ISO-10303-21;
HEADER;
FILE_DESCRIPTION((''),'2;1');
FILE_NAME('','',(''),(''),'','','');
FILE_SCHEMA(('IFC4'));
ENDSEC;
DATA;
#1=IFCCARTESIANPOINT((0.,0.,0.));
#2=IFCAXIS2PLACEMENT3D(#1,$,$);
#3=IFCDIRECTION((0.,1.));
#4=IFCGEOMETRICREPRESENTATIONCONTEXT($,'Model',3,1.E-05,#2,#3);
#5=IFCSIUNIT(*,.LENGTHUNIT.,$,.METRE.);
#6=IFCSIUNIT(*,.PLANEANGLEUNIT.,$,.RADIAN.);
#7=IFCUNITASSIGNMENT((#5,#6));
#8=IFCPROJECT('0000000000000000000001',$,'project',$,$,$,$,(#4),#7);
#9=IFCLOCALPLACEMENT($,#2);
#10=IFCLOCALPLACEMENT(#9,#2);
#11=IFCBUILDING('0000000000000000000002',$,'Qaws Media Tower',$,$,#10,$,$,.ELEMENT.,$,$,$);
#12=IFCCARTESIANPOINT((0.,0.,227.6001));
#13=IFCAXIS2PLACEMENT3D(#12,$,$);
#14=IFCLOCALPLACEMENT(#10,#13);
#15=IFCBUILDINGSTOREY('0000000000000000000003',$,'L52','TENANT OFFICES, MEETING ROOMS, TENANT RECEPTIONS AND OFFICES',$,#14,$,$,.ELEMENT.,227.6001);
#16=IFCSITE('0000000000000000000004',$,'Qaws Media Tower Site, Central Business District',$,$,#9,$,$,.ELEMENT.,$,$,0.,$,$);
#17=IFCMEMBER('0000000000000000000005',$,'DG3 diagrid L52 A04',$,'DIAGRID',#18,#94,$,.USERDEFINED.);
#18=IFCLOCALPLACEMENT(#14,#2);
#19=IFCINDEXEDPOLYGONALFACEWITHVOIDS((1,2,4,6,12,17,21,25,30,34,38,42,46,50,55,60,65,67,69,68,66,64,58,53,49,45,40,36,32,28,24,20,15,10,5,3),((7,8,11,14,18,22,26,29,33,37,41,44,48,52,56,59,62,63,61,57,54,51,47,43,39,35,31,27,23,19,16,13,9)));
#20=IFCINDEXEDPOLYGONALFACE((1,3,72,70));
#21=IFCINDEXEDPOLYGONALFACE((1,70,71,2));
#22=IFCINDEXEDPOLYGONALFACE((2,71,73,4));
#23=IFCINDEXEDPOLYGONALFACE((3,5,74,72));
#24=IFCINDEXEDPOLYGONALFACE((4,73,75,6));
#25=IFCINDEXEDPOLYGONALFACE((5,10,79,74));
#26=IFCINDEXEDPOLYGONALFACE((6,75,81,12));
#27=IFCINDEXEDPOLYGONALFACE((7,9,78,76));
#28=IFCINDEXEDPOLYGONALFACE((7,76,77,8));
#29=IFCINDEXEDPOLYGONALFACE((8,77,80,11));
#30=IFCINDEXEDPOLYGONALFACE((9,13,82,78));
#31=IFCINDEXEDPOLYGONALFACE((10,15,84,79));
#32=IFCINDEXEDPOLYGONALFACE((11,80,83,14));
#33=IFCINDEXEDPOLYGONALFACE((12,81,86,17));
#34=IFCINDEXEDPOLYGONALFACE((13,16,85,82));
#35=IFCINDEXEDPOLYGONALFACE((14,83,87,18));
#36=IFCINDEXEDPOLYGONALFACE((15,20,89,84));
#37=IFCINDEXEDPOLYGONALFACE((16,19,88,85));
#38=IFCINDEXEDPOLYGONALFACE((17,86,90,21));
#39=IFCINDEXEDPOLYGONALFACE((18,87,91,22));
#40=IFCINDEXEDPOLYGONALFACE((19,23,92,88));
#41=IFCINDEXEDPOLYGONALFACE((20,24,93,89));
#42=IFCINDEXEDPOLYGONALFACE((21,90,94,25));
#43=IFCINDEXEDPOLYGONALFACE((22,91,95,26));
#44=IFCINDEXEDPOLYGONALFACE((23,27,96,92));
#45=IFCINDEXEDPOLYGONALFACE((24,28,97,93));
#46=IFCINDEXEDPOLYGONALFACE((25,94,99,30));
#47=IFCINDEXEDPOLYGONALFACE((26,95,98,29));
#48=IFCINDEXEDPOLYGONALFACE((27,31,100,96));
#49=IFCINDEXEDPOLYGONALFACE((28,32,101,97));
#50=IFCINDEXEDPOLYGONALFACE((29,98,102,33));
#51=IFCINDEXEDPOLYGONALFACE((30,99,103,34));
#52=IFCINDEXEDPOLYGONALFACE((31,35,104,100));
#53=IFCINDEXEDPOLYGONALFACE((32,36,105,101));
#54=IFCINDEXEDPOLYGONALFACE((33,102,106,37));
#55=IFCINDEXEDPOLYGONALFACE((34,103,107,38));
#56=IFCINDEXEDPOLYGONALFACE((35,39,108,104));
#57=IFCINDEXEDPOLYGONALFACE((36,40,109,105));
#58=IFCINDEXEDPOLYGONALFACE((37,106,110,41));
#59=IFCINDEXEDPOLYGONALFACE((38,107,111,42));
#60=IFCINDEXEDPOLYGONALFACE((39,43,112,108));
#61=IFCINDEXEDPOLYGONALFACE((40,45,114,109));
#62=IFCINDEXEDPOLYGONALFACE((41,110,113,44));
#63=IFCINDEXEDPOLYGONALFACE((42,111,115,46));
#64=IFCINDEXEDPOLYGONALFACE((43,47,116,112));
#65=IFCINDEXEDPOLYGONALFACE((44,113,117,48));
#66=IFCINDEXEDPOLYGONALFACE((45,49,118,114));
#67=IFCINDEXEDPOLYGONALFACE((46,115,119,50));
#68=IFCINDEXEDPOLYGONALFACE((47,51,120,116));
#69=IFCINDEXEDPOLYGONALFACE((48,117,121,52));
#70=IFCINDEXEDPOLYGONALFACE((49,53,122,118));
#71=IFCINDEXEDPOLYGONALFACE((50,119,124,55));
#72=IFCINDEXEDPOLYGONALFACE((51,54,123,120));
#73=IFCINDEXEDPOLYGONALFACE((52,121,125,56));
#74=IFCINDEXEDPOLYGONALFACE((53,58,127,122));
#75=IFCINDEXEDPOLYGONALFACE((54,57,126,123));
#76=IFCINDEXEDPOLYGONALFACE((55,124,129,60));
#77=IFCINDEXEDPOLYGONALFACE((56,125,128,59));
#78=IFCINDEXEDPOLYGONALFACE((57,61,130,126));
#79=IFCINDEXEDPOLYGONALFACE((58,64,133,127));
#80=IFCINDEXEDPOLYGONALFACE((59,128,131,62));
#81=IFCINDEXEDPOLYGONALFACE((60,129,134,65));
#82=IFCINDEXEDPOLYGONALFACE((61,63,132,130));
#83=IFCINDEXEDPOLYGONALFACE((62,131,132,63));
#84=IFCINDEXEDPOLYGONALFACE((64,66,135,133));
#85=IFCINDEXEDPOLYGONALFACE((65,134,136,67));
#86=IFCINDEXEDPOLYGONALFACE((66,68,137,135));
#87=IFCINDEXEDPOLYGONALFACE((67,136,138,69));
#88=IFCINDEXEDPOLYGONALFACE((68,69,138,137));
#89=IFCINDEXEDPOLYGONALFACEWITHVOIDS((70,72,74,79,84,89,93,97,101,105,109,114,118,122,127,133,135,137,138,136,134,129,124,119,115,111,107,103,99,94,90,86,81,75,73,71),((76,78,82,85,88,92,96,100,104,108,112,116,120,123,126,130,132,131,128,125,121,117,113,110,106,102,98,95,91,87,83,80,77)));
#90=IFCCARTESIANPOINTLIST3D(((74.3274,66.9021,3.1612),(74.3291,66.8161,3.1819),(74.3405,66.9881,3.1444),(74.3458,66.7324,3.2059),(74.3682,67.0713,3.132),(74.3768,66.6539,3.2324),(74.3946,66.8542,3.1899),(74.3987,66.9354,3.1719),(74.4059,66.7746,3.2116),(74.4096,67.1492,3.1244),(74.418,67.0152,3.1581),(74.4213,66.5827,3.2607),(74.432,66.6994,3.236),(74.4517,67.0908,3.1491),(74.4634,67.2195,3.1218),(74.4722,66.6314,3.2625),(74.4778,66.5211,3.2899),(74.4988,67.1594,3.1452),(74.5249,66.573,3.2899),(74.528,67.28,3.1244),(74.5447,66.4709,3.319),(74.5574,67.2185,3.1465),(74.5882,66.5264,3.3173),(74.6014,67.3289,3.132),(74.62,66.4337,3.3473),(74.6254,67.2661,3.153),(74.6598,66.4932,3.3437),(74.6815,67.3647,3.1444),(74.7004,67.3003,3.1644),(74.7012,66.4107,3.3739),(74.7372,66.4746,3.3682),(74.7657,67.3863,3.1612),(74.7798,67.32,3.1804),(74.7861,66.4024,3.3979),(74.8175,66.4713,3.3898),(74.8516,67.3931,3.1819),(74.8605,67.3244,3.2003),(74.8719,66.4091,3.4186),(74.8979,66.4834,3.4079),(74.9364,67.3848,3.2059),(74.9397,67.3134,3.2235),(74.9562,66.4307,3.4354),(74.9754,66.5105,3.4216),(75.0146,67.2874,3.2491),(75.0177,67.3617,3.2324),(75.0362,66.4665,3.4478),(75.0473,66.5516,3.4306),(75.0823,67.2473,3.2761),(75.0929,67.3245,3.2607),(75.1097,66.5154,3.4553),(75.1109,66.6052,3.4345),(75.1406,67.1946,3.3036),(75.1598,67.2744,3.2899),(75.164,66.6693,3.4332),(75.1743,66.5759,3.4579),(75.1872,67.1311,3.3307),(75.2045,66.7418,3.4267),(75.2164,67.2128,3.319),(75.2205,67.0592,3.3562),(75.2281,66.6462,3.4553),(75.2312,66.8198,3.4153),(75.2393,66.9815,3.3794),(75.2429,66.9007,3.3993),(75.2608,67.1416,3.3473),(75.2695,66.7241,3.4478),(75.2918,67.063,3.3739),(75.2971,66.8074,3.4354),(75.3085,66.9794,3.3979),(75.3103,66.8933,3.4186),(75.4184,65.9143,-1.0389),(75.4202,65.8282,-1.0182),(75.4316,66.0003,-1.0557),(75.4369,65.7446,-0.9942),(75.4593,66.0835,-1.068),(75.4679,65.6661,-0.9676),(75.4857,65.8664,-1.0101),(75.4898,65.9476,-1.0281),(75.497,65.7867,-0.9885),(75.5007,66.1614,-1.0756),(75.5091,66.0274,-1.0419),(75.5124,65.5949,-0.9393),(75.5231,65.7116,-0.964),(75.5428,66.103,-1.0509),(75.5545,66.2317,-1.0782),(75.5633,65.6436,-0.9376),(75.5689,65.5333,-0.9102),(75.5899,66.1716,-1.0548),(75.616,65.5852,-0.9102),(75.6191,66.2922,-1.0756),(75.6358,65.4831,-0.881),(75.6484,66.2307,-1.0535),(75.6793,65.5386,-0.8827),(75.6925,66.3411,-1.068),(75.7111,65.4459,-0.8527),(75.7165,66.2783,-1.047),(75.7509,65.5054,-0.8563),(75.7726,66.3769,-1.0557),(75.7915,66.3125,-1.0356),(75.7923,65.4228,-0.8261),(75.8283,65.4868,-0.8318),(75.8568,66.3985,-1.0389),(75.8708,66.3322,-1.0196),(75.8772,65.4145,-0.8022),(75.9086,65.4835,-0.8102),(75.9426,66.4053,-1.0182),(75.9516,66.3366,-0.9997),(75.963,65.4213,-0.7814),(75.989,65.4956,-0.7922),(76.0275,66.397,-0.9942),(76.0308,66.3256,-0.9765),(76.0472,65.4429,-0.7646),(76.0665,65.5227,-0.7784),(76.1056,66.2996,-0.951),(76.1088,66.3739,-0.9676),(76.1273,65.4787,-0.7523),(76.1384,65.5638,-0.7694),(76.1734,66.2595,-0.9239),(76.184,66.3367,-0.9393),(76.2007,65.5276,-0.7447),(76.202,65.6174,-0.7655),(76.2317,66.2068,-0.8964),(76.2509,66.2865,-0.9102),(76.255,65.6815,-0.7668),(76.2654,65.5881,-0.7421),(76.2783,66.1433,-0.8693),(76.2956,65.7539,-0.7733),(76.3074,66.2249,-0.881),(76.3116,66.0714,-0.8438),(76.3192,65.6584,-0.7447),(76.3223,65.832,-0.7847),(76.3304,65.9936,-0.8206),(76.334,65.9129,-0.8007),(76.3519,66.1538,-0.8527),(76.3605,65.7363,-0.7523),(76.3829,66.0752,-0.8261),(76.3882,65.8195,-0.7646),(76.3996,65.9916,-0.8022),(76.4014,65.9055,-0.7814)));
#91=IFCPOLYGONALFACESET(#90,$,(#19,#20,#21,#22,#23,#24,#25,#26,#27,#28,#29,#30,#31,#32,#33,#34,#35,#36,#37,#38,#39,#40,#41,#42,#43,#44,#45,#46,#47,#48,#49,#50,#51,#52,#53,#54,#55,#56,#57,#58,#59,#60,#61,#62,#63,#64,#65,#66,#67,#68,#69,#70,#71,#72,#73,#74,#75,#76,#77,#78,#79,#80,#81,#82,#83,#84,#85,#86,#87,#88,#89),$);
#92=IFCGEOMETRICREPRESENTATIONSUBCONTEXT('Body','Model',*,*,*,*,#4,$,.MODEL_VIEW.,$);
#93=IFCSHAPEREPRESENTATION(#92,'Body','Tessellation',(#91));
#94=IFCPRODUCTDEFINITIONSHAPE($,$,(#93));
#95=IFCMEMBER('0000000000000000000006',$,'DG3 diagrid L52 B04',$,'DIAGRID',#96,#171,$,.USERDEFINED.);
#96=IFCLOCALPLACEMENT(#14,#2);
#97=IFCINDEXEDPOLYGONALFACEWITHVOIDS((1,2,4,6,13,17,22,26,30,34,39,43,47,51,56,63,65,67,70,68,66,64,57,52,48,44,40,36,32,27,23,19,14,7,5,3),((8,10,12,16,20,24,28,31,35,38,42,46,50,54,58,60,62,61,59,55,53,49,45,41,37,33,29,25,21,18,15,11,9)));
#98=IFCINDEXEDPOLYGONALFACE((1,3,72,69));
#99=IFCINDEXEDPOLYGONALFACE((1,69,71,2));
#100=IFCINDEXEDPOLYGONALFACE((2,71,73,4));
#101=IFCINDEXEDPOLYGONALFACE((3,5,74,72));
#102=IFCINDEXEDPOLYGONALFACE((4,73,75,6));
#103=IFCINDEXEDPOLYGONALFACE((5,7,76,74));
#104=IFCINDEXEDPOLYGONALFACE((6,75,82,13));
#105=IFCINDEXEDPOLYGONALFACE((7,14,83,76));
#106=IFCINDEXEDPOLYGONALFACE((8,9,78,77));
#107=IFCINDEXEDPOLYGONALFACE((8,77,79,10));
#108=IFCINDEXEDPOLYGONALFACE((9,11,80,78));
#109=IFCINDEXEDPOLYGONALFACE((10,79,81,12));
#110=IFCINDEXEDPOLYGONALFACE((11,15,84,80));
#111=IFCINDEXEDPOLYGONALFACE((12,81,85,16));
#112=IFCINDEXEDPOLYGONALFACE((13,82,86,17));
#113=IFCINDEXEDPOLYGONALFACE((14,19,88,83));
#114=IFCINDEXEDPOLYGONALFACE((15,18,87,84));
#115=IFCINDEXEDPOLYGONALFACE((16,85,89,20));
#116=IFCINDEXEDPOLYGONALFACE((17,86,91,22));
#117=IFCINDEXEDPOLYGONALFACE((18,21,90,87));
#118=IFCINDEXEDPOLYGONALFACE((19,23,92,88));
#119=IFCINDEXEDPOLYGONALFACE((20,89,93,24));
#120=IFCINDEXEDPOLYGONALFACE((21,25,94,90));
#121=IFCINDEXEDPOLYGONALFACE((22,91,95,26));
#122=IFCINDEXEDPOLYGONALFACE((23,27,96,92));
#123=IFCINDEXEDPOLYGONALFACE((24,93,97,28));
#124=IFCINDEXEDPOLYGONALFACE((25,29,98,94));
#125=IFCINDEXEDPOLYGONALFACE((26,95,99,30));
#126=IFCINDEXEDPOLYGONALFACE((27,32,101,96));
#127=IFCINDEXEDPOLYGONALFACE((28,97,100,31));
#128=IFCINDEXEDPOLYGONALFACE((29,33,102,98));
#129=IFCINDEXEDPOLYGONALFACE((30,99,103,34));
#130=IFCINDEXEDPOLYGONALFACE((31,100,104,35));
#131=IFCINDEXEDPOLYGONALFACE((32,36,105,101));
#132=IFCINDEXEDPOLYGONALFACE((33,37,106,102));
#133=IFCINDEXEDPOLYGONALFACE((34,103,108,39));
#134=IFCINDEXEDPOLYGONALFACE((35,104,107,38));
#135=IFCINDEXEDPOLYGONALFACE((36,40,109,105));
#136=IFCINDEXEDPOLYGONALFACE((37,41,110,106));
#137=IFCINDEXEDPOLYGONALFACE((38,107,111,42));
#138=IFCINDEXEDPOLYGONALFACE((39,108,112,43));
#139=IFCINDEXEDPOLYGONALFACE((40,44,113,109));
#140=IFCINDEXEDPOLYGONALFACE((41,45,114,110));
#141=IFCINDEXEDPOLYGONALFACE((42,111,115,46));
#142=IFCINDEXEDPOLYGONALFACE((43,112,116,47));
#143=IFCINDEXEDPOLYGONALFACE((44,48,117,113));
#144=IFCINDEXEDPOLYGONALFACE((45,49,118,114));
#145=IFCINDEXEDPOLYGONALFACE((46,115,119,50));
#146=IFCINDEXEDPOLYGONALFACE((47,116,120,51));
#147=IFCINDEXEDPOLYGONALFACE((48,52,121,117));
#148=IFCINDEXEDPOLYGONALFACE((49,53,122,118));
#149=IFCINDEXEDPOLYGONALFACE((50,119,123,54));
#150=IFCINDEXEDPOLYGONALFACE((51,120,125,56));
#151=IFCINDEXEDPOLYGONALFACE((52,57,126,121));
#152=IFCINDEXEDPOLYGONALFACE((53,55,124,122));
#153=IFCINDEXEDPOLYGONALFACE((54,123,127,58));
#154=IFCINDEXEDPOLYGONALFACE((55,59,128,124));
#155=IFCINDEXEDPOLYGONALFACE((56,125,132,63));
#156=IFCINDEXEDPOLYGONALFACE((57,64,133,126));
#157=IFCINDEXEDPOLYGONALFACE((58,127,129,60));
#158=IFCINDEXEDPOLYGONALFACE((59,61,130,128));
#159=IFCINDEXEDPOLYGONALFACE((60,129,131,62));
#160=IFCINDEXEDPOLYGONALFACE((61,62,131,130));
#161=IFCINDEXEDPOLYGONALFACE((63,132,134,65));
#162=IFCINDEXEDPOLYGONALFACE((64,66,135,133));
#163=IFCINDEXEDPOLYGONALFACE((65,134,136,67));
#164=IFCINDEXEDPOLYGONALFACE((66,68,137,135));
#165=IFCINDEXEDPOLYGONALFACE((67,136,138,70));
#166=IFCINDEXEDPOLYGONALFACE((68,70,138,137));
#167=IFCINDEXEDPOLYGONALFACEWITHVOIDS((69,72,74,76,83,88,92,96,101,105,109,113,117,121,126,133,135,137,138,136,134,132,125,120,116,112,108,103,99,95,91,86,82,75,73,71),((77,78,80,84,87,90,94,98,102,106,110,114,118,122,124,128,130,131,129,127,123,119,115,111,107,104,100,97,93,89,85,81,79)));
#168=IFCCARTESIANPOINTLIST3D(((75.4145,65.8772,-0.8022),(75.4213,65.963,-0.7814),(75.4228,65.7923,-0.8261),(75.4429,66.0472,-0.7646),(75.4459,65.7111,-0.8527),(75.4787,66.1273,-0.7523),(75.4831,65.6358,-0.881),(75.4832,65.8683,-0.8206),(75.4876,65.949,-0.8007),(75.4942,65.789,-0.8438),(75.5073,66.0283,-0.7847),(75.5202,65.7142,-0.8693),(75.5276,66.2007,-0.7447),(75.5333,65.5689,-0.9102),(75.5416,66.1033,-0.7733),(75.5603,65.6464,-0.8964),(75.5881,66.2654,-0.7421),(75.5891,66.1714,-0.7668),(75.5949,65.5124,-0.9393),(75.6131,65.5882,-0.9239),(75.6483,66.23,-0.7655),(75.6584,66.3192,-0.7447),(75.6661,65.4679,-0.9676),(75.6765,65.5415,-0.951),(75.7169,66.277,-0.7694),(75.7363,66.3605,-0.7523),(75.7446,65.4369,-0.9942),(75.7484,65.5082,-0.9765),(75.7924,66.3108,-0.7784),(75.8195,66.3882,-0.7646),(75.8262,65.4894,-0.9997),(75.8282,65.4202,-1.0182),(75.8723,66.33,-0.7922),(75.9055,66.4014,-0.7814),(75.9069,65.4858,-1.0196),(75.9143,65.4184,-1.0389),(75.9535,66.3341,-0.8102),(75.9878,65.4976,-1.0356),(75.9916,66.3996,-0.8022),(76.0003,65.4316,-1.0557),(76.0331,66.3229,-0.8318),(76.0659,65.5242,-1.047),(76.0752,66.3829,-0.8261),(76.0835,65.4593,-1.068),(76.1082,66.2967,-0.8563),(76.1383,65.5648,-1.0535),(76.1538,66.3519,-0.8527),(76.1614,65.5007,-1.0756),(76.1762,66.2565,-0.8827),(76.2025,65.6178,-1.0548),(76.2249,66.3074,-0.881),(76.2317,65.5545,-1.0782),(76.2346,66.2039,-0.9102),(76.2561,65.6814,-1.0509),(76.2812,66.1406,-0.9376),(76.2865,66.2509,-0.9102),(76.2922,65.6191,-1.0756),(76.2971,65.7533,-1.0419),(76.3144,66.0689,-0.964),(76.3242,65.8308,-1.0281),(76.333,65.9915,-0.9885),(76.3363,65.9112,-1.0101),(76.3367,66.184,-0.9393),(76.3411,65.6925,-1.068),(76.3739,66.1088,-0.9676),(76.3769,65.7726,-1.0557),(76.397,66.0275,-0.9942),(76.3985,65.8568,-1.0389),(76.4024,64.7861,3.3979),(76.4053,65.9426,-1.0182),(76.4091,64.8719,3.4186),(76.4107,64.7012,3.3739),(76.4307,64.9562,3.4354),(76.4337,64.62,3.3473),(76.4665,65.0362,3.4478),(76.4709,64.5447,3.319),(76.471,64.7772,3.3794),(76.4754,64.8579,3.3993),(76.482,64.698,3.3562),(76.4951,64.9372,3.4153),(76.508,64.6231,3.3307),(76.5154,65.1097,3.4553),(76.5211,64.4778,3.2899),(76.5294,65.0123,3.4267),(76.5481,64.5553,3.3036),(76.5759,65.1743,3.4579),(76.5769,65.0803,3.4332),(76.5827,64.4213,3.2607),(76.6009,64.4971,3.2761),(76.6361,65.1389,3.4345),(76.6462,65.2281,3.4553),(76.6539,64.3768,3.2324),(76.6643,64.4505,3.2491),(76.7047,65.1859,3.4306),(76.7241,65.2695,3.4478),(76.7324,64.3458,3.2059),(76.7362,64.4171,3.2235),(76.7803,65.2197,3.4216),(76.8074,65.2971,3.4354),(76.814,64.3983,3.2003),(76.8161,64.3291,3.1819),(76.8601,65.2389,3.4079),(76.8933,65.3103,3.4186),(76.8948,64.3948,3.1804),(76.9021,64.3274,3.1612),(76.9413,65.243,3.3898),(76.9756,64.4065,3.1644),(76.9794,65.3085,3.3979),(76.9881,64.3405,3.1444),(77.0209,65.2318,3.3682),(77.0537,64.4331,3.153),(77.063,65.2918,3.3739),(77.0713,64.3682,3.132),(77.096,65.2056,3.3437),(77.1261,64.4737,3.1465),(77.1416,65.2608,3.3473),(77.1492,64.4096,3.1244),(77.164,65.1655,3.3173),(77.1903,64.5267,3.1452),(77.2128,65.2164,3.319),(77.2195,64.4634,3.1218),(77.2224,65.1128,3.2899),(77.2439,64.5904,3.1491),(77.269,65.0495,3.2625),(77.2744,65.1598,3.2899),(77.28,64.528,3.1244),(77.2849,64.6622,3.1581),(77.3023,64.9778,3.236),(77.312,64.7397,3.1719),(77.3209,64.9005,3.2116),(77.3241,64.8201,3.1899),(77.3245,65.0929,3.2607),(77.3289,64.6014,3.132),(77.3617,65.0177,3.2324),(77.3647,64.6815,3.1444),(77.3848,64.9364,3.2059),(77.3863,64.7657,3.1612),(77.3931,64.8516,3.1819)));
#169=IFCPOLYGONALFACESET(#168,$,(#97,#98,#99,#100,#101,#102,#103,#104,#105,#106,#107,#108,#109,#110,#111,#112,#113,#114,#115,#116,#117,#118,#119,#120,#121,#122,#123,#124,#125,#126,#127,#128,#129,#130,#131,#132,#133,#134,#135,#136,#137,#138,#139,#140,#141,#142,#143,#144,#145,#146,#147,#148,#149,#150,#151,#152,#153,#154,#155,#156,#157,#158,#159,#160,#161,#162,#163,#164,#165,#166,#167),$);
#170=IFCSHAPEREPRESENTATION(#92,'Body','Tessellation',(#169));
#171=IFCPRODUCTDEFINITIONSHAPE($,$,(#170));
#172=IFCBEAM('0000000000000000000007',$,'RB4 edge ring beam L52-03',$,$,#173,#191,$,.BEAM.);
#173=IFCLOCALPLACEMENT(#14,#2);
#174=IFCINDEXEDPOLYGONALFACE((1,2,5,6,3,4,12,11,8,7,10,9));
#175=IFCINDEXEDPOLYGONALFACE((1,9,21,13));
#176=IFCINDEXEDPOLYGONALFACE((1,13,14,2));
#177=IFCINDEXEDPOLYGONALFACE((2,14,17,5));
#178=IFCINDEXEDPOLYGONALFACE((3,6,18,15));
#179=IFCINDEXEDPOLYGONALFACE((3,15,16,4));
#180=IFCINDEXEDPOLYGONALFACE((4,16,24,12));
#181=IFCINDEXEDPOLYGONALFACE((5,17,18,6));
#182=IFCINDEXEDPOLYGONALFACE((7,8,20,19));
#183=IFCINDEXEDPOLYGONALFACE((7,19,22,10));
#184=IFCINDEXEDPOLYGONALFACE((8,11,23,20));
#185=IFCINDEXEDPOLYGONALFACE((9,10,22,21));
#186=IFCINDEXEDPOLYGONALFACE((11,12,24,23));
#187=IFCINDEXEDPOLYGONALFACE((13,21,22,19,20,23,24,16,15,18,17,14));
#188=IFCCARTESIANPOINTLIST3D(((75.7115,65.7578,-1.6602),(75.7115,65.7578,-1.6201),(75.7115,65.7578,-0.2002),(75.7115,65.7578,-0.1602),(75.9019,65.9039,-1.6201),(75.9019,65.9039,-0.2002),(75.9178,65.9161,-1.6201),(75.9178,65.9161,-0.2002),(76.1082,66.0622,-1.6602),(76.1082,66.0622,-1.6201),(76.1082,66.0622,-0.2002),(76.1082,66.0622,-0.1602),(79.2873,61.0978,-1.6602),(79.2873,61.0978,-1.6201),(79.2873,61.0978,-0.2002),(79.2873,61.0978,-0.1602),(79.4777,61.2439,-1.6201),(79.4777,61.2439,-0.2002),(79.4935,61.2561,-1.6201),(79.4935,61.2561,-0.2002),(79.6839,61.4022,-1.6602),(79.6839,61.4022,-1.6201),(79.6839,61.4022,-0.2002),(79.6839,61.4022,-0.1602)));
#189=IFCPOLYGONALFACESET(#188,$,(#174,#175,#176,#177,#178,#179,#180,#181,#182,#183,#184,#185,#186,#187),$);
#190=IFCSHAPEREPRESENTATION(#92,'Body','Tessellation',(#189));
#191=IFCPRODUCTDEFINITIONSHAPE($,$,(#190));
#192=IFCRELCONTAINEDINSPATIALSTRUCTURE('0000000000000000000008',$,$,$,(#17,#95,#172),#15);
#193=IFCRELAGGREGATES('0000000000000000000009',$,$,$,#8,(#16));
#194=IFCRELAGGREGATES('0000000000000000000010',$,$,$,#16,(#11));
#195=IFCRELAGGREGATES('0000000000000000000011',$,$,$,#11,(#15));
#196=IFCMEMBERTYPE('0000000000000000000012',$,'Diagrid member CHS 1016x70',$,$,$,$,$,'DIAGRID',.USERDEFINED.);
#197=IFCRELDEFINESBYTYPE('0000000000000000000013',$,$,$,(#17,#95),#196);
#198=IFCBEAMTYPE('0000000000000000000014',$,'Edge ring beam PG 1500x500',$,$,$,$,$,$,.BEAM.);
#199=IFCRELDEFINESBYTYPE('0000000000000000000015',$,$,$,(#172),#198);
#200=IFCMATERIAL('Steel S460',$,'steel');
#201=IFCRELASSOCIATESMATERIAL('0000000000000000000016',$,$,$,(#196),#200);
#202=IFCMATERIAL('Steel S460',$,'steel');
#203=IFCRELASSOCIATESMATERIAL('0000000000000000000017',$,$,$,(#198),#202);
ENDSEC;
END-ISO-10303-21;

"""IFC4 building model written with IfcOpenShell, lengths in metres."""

from ifc_helpers import new_model, si_unit, direction, frame, origin, origin_2d, place, context, subcontext, project, spatial, hollow_circle, i_section, extrude, material, material_profile, profile_set, type_object, element, save


model = new_model("IFC4")

# Units and contexts
model_context = context("Model", 3, precision=1e-05, world=origin(), true_north=direction((0.0, 1.0)))
body_context = subcontext(model_context, "Body", "Model", "MODEL_VIEW")
ifc_project = project(units=[si_unit("LENGTHUNIT", "METRE"), si_unit("PLANEANGLEUNIT", "RADIAN")], contexts=[model_context])

# Site, building, storey
site_placement = place(None, origin())
site = spatial("IfcSite", under=ifc_project, at=site_placement, Name="Qaws Media Tower Site, Central Business District", CompositionType="ELEMENT", RefElevation=0.0)
building_placement = place(site_placement, origin())
building = spatial("IfcBuilding", under=site, at=building_placement, Name="Qaws Media Tower", CompositionType="ELEMENT")
storey_placement = place(building_placement, frame((0.0, 0.0, 227.6001)))
storey = spatial("IfcBuildingStorey", under=building, at=storey_placement, Name="L52", Description="TENANT OFFICES, MEETING ROOMS, TENANT RECEPTIONS AND OFFICES", CompositionType="ELEMENT", Elevation=227.6001)

# Members
ifc_material_1 = material(Name="Steel S460", Category="steel")
ifc_material_profile_1 = material_profile(ifc_material_1, hollow_circle(Radius=0.5081, WallThickness=0.0701, at=origin_2d()), Name="CHS 1016x70")
ifc_profile_set_1 = profile_set([ifc_material_profile_1], Name="Steel S460")
member_type_1 = type_object("IfcMemberType", Name="Diagrid member CHS 1016x70", ElementType="DIAGRID", PredefinedType="USERDEFINED", material=ifc_profile_set_1)
for number, where, z_axis, x_axis, name in (
    (1, (75.9099, 65.9099, -0.9102), (-0.245163, 0.221958, 0.943732), (-0.671152, -0.74132, 0.0), "DG3 diagrid L52 A04"),
    (2, (75.9099, 65.9099, -0.9102), (0.221958, -0.245163, 0.943732), (0.74132, 0.671152, 0.0), "DG3 diagrid L52 B04"),
):
    element("IfcMember", number, at=place(storey_placement, frame(where, z_axis=z_axis, x_axis=x_axis)), inside=storey, type_object=member_type_1, Name=name, ObjectType="DIAGRID", PredefinedType="USERDEFINED", context=body_context, shape_type="SweptSolid", body=[
        extrude(hollow_circle(Radius=0.5081, WallThickness=0.0701, at=origin_2d()), origin(), (0.0, 0.0, 1.0), 4.4504),
    ])

# Beam
ifc_material_2 = material(Name="Steel S460", Category="steel")
ifc_material_profile_2 = material_profile(ifc_material_2, i_section(OverallWidth=0.5, OverallDepth=1.5, WebThickness=0.02, FlangeThickness=0.04, at=origin_2d()), Name="PG 1500x500")
ifc_profile_set_2 = profile_set([ifc_material_profile_2], Name="Steel S460")
beam_type = type_object("IfcBeamType", Name="Edge ring beam PG 1500x500", PredefinedType="BEAM", material=ifc_profile_set_2)
for number, where, z_axis, x_axis, name in (
    (3, (79.4856, 61.25, -0.9102), (-0.608762, 0.793353, 0.0), (-0.793353, -0.608762, 0.0), "RB4 edge ring beam L52-03"),
):
    element("IfcBeam", number, at=place(storey_placement, frame(where, z_axis=z_axis, x_axis=x_axis)), inside=storey, type_object=beam_type, Name=name, PredefinedType="BEAM", context=body_context, shape_type="SweptSolid", body=[
        extrude(i_section(OverallWidth=0.5, OverallDepth=1.5, WebThickness=0.02, FlangeThickness=0.04, at=origin_2d()), origin(), (0.0, 0.0, 1.0), 5.8738),
    ])

save(model, "model.ifc")
